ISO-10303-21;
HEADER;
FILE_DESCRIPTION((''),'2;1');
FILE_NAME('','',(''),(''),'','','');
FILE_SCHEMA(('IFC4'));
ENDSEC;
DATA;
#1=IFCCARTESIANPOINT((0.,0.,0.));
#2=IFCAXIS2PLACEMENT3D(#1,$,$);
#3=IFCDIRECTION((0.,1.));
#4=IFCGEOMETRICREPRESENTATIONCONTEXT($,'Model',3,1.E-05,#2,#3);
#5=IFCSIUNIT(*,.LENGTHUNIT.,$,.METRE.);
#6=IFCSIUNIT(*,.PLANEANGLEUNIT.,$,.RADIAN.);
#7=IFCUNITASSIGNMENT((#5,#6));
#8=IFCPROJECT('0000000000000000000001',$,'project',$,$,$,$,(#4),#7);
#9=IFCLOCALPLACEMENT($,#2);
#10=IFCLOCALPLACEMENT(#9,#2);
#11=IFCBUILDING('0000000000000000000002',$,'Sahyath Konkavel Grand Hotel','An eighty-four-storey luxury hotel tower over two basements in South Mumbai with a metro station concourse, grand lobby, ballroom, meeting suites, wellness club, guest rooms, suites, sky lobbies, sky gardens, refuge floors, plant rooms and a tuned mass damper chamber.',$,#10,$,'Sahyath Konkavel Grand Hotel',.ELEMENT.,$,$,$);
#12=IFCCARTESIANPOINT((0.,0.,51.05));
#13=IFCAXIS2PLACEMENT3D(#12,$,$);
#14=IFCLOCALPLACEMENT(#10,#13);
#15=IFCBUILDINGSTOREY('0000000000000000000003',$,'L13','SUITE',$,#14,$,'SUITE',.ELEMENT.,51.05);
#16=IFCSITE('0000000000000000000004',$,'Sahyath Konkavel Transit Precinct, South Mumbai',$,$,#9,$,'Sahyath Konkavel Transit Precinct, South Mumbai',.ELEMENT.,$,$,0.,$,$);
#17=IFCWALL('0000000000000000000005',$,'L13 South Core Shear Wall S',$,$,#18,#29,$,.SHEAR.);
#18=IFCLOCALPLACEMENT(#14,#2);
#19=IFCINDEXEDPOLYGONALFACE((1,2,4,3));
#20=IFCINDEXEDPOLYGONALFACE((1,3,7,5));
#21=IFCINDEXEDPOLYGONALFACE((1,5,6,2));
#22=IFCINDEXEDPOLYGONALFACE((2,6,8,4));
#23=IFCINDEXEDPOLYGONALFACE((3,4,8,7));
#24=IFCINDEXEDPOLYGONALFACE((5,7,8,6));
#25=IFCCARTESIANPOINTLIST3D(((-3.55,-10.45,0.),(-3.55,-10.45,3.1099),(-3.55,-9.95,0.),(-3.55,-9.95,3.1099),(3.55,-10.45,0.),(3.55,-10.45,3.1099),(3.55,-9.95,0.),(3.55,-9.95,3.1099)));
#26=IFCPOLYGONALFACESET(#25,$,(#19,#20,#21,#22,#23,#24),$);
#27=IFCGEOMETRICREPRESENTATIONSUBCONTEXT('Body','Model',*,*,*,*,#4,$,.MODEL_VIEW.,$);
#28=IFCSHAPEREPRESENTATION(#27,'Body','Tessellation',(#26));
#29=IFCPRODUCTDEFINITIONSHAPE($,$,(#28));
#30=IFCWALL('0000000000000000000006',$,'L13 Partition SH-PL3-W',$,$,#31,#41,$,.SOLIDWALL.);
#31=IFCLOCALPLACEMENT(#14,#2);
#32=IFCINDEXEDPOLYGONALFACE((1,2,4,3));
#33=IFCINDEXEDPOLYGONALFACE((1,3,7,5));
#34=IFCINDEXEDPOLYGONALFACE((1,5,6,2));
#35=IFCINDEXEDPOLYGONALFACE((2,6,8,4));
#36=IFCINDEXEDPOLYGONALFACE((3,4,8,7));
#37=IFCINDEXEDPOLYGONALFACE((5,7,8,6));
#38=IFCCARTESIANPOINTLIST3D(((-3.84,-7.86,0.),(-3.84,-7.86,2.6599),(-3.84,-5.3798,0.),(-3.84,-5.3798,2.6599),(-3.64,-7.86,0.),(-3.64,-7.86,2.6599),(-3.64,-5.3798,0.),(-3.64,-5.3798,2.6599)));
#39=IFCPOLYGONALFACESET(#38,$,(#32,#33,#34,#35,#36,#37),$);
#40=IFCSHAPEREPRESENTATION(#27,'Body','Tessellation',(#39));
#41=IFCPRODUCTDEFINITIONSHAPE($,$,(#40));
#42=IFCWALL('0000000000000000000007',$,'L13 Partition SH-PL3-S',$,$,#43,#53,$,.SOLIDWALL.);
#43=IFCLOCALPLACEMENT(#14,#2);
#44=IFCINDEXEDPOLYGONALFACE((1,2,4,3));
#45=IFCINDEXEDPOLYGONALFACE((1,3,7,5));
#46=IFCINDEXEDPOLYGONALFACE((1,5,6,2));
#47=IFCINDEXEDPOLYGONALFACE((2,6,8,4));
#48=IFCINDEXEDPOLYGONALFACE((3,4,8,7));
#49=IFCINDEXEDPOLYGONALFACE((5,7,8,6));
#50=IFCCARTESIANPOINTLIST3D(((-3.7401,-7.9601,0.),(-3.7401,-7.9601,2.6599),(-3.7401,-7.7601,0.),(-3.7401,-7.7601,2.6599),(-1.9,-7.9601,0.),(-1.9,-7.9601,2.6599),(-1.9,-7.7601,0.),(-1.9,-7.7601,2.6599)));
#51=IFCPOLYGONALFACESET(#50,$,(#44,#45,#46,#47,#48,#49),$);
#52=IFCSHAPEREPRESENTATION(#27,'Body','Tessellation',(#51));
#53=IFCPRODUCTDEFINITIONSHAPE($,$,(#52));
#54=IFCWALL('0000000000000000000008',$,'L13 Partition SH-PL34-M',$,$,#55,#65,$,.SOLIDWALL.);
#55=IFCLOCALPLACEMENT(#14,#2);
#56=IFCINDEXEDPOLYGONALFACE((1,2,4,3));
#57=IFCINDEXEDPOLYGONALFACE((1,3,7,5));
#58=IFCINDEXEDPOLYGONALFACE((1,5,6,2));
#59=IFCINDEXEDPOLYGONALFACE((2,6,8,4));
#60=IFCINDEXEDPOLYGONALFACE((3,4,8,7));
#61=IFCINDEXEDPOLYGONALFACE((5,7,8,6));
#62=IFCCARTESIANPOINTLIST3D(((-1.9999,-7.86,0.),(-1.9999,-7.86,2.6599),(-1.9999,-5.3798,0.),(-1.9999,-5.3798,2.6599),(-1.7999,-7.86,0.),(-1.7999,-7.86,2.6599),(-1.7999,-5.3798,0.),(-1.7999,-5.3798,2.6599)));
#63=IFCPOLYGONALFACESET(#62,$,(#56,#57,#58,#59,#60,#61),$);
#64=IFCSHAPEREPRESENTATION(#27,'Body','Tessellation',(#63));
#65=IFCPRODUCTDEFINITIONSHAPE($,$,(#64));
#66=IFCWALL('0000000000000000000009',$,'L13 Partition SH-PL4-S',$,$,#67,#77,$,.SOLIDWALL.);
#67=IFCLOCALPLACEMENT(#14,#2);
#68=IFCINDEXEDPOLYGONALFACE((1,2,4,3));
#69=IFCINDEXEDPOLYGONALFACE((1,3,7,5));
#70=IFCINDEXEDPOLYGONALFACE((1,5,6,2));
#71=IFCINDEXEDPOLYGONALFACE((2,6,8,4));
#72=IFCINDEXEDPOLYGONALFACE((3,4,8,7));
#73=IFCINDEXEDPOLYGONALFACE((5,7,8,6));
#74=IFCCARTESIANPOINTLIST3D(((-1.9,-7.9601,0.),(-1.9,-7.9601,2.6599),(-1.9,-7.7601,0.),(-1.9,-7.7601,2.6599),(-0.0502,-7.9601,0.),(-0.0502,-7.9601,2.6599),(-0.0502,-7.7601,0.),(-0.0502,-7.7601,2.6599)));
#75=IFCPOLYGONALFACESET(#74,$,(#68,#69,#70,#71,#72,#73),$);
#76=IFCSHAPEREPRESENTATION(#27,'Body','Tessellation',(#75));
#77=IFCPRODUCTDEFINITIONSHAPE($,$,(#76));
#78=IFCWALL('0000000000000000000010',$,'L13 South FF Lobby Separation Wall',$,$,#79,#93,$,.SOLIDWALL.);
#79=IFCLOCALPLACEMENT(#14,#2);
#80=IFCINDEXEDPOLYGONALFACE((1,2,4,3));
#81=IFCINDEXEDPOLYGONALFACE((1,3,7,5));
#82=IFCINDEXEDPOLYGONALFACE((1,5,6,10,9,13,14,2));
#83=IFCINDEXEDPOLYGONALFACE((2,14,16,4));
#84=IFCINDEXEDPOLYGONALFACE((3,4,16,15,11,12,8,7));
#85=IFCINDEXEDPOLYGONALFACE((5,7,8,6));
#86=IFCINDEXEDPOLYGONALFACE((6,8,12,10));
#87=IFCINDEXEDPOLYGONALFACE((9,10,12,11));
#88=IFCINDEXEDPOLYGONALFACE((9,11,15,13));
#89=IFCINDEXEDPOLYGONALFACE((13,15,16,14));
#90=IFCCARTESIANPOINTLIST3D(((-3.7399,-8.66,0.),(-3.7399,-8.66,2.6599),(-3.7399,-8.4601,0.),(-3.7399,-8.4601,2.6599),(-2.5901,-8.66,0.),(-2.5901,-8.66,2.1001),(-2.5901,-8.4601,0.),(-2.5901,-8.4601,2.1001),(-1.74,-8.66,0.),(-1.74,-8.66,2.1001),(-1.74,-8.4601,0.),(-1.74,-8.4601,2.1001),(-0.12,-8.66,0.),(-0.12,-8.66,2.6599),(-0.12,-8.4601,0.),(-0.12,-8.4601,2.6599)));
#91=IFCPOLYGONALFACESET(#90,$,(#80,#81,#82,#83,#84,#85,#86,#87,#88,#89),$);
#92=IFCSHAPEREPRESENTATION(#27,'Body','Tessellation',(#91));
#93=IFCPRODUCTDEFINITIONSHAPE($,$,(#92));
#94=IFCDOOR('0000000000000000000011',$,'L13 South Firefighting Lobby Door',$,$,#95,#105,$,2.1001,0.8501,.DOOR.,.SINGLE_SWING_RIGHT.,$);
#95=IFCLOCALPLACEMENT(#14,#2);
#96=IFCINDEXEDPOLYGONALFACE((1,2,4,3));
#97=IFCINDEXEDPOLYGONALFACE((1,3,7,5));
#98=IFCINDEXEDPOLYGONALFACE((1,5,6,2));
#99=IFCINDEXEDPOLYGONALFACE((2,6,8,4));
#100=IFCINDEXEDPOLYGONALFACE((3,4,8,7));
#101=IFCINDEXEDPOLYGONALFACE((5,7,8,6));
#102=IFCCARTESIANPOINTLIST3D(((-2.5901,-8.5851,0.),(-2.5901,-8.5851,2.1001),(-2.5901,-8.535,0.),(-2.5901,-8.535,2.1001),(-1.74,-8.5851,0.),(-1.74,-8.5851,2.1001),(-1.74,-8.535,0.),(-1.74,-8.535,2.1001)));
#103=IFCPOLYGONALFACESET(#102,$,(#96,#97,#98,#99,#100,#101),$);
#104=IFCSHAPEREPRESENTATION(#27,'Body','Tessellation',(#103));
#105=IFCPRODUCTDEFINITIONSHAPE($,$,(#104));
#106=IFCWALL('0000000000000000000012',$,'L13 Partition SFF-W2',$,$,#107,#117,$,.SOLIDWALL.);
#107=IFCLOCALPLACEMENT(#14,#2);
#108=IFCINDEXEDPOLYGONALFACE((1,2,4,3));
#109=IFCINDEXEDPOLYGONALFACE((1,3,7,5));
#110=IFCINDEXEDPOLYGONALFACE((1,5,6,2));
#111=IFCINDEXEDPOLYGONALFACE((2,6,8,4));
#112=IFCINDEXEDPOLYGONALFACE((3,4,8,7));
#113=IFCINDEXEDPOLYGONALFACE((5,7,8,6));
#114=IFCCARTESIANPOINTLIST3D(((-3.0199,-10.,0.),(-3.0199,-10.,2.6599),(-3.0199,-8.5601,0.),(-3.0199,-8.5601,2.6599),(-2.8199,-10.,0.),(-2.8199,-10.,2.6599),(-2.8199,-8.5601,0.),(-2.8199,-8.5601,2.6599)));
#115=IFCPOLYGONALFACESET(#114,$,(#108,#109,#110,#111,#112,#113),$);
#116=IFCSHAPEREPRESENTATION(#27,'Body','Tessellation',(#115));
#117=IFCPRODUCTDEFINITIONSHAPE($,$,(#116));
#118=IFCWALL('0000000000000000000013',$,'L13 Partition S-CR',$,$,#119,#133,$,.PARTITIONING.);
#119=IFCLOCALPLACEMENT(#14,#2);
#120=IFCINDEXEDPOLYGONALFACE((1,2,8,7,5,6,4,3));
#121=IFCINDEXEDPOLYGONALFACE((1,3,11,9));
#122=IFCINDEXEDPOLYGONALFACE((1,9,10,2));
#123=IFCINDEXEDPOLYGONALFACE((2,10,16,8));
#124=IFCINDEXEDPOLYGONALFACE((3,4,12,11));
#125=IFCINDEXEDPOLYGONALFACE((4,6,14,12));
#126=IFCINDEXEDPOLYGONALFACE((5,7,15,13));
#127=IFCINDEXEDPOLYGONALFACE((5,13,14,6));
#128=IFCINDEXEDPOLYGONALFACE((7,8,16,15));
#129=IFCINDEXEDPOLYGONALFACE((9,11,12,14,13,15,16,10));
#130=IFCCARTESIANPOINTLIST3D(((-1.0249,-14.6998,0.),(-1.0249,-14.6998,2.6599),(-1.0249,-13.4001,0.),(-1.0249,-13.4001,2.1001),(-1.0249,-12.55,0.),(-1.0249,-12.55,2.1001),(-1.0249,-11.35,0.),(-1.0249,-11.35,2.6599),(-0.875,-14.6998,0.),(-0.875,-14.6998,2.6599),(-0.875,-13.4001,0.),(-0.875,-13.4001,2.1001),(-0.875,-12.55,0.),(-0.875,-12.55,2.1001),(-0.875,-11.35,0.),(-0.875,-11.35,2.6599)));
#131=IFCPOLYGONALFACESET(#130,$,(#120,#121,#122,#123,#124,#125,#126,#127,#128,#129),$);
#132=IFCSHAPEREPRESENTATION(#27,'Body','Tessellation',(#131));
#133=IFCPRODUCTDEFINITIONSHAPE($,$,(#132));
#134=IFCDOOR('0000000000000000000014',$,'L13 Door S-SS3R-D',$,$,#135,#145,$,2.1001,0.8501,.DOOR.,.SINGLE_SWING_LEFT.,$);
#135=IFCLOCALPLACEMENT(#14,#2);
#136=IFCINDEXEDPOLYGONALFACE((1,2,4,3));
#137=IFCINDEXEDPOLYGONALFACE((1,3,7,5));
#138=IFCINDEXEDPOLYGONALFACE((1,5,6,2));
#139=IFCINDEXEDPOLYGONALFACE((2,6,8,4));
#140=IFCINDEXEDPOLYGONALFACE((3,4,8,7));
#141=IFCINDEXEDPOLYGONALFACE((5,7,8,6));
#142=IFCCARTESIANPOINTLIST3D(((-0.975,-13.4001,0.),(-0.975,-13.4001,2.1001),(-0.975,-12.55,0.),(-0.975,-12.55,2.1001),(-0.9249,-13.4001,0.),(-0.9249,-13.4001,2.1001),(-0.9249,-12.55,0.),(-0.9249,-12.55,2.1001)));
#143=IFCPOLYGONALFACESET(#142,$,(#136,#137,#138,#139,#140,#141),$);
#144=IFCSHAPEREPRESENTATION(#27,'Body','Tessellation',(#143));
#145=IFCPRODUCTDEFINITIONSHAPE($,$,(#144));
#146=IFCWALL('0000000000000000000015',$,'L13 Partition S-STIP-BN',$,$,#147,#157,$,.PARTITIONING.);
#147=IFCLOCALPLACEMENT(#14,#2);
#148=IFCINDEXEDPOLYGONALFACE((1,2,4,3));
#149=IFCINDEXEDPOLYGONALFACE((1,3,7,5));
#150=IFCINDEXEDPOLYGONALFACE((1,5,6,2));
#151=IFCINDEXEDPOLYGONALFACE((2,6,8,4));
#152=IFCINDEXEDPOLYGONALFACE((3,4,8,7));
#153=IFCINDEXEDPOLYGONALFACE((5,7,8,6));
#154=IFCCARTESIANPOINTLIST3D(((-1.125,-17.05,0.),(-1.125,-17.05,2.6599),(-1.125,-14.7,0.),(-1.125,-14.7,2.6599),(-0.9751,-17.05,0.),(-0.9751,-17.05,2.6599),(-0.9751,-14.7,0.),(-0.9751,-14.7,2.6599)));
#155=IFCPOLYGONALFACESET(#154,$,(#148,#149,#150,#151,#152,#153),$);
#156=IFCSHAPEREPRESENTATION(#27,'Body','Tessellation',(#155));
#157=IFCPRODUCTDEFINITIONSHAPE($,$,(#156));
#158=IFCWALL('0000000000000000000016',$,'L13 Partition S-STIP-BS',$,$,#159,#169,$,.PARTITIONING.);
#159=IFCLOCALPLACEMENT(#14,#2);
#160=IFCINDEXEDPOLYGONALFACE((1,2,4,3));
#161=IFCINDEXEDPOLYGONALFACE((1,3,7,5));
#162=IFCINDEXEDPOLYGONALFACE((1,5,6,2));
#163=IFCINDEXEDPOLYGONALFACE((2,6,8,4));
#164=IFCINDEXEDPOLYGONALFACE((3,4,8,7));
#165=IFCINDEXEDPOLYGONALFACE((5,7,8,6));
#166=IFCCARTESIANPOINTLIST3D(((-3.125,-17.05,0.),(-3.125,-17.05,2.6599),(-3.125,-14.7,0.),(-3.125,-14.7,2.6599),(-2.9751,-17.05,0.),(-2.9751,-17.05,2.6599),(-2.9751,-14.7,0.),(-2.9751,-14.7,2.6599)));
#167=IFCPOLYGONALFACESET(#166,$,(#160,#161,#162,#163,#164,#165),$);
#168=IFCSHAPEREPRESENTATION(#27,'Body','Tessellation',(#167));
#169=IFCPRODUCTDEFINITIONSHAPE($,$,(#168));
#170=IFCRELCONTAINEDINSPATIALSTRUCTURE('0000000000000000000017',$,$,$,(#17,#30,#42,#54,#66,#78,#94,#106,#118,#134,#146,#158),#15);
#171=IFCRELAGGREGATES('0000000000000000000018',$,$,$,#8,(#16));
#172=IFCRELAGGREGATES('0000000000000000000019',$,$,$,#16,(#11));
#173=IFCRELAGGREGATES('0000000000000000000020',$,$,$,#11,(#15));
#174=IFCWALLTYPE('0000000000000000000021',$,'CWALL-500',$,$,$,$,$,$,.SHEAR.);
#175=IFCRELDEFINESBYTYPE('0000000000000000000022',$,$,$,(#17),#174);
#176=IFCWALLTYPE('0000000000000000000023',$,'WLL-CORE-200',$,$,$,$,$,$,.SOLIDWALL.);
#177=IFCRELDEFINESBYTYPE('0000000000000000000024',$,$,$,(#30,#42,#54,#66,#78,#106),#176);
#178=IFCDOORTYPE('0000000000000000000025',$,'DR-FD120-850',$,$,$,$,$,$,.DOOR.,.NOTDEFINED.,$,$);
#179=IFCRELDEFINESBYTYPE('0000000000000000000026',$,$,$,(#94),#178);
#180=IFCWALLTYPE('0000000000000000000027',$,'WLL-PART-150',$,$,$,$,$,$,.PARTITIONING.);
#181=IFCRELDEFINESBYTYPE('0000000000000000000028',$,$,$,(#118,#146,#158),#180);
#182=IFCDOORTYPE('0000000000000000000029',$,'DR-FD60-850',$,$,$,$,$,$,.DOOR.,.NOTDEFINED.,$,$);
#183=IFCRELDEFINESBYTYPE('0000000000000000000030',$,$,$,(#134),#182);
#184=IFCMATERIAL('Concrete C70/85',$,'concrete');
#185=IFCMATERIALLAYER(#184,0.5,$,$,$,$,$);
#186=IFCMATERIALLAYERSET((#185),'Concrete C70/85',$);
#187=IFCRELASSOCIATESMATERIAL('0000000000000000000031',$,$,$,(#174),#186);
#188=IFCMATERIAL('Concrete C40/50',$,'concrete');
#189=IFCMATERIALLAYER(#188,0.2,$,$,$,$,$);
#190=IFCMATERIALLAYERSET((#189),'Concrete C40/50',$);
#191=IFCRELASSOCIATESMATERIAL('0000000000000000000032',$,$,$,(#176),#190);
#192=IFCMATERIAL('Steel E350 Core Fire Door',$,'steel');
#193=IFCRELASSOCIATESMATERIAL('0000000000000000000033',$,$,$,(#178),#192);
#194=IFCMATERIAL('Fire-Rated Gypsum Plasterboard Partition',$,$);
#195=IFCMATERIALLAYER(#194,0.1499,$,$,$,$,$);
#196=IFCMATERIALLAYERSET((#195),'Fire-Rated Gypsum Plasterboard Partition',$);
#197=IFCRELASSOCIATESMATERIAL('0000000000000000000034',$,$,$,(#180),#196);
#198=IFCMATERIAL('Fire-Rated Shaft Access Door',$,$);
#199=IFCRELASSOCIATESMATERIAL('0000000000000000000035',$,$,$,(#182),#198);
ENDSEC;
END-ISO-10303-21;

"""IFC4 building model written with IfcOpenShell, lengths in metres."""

from ifc_helpers import new_model, si_unit, direction, frame, frame_2d, origin, origin_2d, place, context, subcontext, project, spatial, rectangle, extrude, source, transform, mapped, material, layer, layer_set, type_object, element, fill, save


model = new_model("IFC4")

# Units and contexts
model_context = context("Model", 3, precision=1e-05, world=origin(), true_north=direction((0.0, 1.0)))
body_context = subcontext(model_context, "Body", "Model", "MODEL_VIEW")
ifc_project = project(units=[si_unit("LENGTHUNIT", "METRE"), si_unit("PLANEANGLEUNIT", "RADIAN")], contexts=[model_context])

# Site, building, storey
site_placement = place(None, origin())
site = spatial("IfcSite", under=ifc_project, at=site_placement, Name="Sahyath Konkavel Transit Precinct, South Mumbai", LongName="Sahyath Konkavel Transit Precinct, South Mumbai", CompositionType="ELEMENT", RefElevation=0.0)
building_placement = place(site_placement, origin())
building = spatial("IfcBuilding", under=site, at=building_placement, Name="Sahyath Konkavel Grand Hotel", Description="An eighty-four-storey luxury hotel tower over two basements in South Mumbai with a metro station concourse, grand lobby, ballroom, meeting suites, wellness club, guest rooms, suites, sky lobbies, sky gardens, refuge floors, plant rooms and a tuned mass damper chamber.", LongName="Sahyath Konkavel Grand Hotel", CompositionType="ELEMENT")
storey_placement = place(building_placement, frame((0.0, 0.0, 51.05)))
storey = spatial("IfcBuildingStorey", under=building, at=storey_placement, Name="L13", Description="SUITE", LongName="SUITE", CompositionType="ELEMENT", Elevation=51.05)

# Shared definitions
ifc_material_1 = material(Name="Concrete C70/85", Category="concrete")

# Walls
ifc_layer_1 = layer(ifc_material_1, 0.5)
ifc_layer_set_1 = layer_set([ifc_layer_1], Name="Concrete C70/85")
wall_type_1 = type_object("IfcWallType", Name="CWALL-500", PredefinedType="SHEAR", material=ifc_layer_set_1)
wall_1_placement = place(storey_placement, frame((-3.55, -10.2, 0.0), z_axis=(0.0, 0.0, 1.0), x_axis=(1.0, 0.0, 0.0)))
element("IfcWall", 1, at=wall_1_placement, inside=storey, type_object=wall_type_1, Name="L13 South Core Shear Wall S", PredefinedType="SHEAR", context=body_context, shape_type="SweptSolid", body=[
    extrude(rectangle(XDim=7.1001, YDim=0.5, at=frame_2d((3.55, 0.0))), origin(), (0.0, 0.0, 1.0), 3.1099),
])
ifc_material_2 = material(Name="Concrete C40/50", Category="concrete")
ifc_layer_2 = layer(ifc_material_2, 0.2)
ifc_layer_set_2 = layer_set([ifc_layer_2], Name="Concrete C40/50")
wall_type_2 = type_object("IfcWallType", Name="WLL-CORE-200", PredefinedType="SOLIDWALL", material=ifc_layer_set_2)
wall_2_placement = place(storey_placement, frame((-3.74, -7.8601, 0.0), z_axis=(0.0, 0.0, 1.0), x_axis=(0.0, 1.0, 0.0)))
element("IfcWall", 2, at=wall_2_placement, inside=storey, type_object=wall_type_2, Name="L13 Partition SH-PL3-W", PredefinedType="SOLIDWALL", context=body_context, shape_type="SweptSolid", body=[
    extrude(rectangle(XDim=2.4802, YDim=0.2, at=frame_2d((1.2402, 0.0))), origin(), (0.0, 0.0, 1.0), 2.6599),
])
wall_3_placement = place(storey_placement, frame((-3.74, -7.8601, 0.0), z_axis=(0.0, 0.0, 1.0), x_axis=(1.0, 0.0, 0.0)))
element("IfcWall", 3, at=wall_3_placement, inside=storey, type_object=wall_type_2, Name="L13 Partition SH-PL3-S", PredefinedType="SOLIDWALL", context=body_context, shape_type="SweptSolid", body=[
    extrude(rectangle(XDim=1.8401, YDim=0.2, at=frame_2d((0.9199, 0.0))), origin(), (0.0, 0.0, 1.0), 2.6599),
])
wall_4_placement = place(storey_placement, frame((-1.8999, -7.8601, 0.0), z_axis=(0.0, 0.0, 1.0), x_axis=(0.0, 1.0, 0.0)))
element("IfcWall", 4, at=wall_4_placement, inside=storey, type_object=wall_type_2, Name="L13 Partition SH-PL34-M", PredefinedType="SOLIDWALL", context=body_context, shape_type="SweptSolid", body=[
    extrude(rectangle(XDim=2.4802, YDim=0.2, at=frame_2d((1.2402, 0.0))), origin(), (0.0, 0.0, 1.0), 2.6599),
])
wall_5_placement = place(storey_placement, frame((-1.8999, -7.8601, 0.0), z_axis=(0.0, 0.0, 1.0), x_axis=(1.0, 0.0, 0.0)))
element("IfcWall", 5, at=wall_5_placement, inside=storey, type_object=wall_type_2, Name="L13 Partition SH-PL4-S", PredefinedType="SOLIDWALL", context=body_context, shape_type="SweptSolid", body=[
    extrude(rectangle(XDim=1.8499, YDim=0.2, at=frame_2d((0.9248, 0.0))), origin(), (0.0, 0.0, 1.0), 2.6599),
])

# Wall, opening, door
wall_6_placement = place(storey_placement, frame((-3.74, -8.5601, 0.0), z_axis=(0.0, 0.0, 1.0), x_axis=(1.0, 0.0, 0.0)))
wall_6 = element("IfcWall", 6, at=wall_6_placement, inside=storey, type_object=wall_type_2, Name="L13 South FF Lobby Separation Wall", PredefinedType="SOLIDWALL", context=body_context, shape_type="SweptSolid", body=[
    extrude(rectangle(XDim=3.6199, YDim=0.2, at=frame_2d((1.8101, 0.0))), origin(), (0.0, 0.0, 1.0), 2.6599),
])
opening_1_placement = place(wall_6_placement, frame((1.1499, 0.0, 0.0)))
opening_1 = element("IfcOpeningElement", 7, at=opening_1_placement, cuts=wall_6, PredefinedType="OPENING", context=body_context, shape_type="SweptSolid", body=[
    extrude(rectangle(XDim=0.8501, YDim=2.1001, at=frame_2d((0.425, 1.05))), frame((0.0, 0.1099, 0.0), z_axis=(0.0, -1.0, 0.0), x_axis=(1.0, 0.0, 0.0)), (0.0, 0.0, 1.0), 0.22),
])
ifc_material_3 = material(Name="Steel E350 Core Fire Door", Category="steel")
door_type_1 = type_object("IfcDoorType", Name="DR-FD120-850", OperationType="NOTDEFINED", PredefinedType="DOOR", material=ifc_material_3)
shared_shape_1 = source(origin(), body_context, "Body", "SweptSolid", [
    extrude(rectangle(XDim=0.8501, YDim=0.05, at=origin_2d()), origin(), (0.0, 0.0, 1.0), 2.1001),
])
door_1_placement = place(opening_1_placement, frame((0.425, 0.0, 0.0)))
door_1 = element("IfcDoor", 8, at=door_1_placement, inside=storey, type_object=door_type_1, Name="L13 South Firefighting Lobby Door", OperationType="SINGLE_SWING_RIGHT", OverallHeight=2.1001, OverallWidth=0.8501, PredefinedType="DOOR", context=body_context, shape_type="MappedRepresentation", body=[
    mapped(shared_shape_1, transform((0.0, 0.0, 0.0), scale=1.0)),
])
fill(opening_1, door_1)

# Wall
wall_7_placement = place(storey_placement, frame((-2.9199, -10.0, 0.0), z_axis=(0.0, 0.0, 1.0), x_axis=(0.0, 1.0, 0.0)))
element("IfcWall", 9, at=wall_7_placement, inside=storey, type_object=wall_type_2, Name="L13 Partition SFF-W2", PredefinedType="SOLIDWALL", context=body_context, shape_type="SweptSolid", body=[
    extrude(rectangle(XDim=1.4399, YDim=0.2, at=frame_2d((0.72, 0.0))), origin(), (0.0, 0.0, 1.0), 2.6599),
])

# Wall, opening, door
ifc_material_4 = material(Name="Fire-Rated Gypsum Plasterboard Partition")
ifc_layer_3 = layer(ifc_material_4, 0.1499)
ifc_layer_set_3 = layer_set([ifc_layer_3], Name="Fire-Rated Gypsum Plasterboard Partition")
wall_type_3 = type_object("IfcWallType", Name="WLL-PART-150", PredefinedType="PARTITIONING", material=ifc_layer_set_3)
wall_8_placement = place(storey_placement, frame((-0.95, -11.3501, 0.0), z_axis=(0.0, 0.0, 1.0), x_axis=(0.0, -1.0, 0.0)))
wall_8 = element("IfcWall", 10, at=wall_8_placement, inside=storey, type_object=wall_type_3, Name="L13 Partition S-CR", PredefinedType="PARTITIONING", context=body_context, shape_type="SweptSolid", body=[
    extrude(rectangle(XDim=3.3499, YDim=0.1499, at=frame_2d((1.6748, 0.0))), origin(), (0.0, 0.0, 1.0), 2.6599),
])
opening_2_placement = place(wall_8_placement, frame((1.2, 0.0, 0.0)))
opening_2 = element("IfcOpeningElement", 11, at=opening_2_placement, cuts=wall_8, PredefinedType="OPENING", context=body_context, shape_type="SweptSolid", body=[
    extrude(rectangle(XDim=0.8501, YDim=2.1001, at=frame_2d((0.425, 1.05))), frame((0.0, 0.085, 0.0), z_axis=(0.0, -1.0, 0.0), x_axis=(1.0, 0.0, 0.0)), (0.0, 0.0, 1.0), 0.1699),
])
ifc_material_5 = material(Name="Fire-Rated Shaft Access Door")
door_type_2 = type_object("IfcDoorType", Name="DR-FD60-850", OperationType="NOTDEFINED", PredefinedType="DOOR", material=ifc_material_5)
door_2_placement = place(opening_2_placement, frame((0.425, 0.0, 0.0)))
door_2 = element("IfcDoor", 12, at=door_2_placement, inside=storey, type_object=door_type_2, Name="L13 Door S-SS3R-D", OperationType="SINGLE_SWING_LEFT", OverallHeight=2.1001, OverallWidth=0.8501, PredefinedType="DOOR", context=body_context, shape_type="MappedRepresentation", body=[
    mapped(shared_shape_1, transform((0.0, 0.0, 0.0), scale=1.0)),
])
fill(opening_2, door_2)

# Walls
for number, where, z_axis, x_axis, name in (
    (13, (-1.05, -14.7, 0.0), (0.0, 0.0, 1.0), (0.0, -1.0, 0.0), "L13 Partition S-STIP-BN"),
    (14, (-3.05, -14.7, 0.0), (0.0, 0.0, 1.0), (0.0, -1.0, 0.0), "L13 Partition S-STIP-BS"),
):
    element("IfcWall", number, at=place(storey_placement, frame(where, z_axis=z_axis, x_axis=x_axis)), inside=storey, type_object=wall_type_3, Name=name, PredefinedType="PARTITIONING", context=body_context, shape_type="SweptSolid", body=[
        extrude(rectangle(XDim=2.3501, YDim=0.1499, at=frame_2d((1.175, 0.0))), origin(), (0.0, 0.0, 1.0), 2.6599),
    ])

save(model, "model.ifc")
